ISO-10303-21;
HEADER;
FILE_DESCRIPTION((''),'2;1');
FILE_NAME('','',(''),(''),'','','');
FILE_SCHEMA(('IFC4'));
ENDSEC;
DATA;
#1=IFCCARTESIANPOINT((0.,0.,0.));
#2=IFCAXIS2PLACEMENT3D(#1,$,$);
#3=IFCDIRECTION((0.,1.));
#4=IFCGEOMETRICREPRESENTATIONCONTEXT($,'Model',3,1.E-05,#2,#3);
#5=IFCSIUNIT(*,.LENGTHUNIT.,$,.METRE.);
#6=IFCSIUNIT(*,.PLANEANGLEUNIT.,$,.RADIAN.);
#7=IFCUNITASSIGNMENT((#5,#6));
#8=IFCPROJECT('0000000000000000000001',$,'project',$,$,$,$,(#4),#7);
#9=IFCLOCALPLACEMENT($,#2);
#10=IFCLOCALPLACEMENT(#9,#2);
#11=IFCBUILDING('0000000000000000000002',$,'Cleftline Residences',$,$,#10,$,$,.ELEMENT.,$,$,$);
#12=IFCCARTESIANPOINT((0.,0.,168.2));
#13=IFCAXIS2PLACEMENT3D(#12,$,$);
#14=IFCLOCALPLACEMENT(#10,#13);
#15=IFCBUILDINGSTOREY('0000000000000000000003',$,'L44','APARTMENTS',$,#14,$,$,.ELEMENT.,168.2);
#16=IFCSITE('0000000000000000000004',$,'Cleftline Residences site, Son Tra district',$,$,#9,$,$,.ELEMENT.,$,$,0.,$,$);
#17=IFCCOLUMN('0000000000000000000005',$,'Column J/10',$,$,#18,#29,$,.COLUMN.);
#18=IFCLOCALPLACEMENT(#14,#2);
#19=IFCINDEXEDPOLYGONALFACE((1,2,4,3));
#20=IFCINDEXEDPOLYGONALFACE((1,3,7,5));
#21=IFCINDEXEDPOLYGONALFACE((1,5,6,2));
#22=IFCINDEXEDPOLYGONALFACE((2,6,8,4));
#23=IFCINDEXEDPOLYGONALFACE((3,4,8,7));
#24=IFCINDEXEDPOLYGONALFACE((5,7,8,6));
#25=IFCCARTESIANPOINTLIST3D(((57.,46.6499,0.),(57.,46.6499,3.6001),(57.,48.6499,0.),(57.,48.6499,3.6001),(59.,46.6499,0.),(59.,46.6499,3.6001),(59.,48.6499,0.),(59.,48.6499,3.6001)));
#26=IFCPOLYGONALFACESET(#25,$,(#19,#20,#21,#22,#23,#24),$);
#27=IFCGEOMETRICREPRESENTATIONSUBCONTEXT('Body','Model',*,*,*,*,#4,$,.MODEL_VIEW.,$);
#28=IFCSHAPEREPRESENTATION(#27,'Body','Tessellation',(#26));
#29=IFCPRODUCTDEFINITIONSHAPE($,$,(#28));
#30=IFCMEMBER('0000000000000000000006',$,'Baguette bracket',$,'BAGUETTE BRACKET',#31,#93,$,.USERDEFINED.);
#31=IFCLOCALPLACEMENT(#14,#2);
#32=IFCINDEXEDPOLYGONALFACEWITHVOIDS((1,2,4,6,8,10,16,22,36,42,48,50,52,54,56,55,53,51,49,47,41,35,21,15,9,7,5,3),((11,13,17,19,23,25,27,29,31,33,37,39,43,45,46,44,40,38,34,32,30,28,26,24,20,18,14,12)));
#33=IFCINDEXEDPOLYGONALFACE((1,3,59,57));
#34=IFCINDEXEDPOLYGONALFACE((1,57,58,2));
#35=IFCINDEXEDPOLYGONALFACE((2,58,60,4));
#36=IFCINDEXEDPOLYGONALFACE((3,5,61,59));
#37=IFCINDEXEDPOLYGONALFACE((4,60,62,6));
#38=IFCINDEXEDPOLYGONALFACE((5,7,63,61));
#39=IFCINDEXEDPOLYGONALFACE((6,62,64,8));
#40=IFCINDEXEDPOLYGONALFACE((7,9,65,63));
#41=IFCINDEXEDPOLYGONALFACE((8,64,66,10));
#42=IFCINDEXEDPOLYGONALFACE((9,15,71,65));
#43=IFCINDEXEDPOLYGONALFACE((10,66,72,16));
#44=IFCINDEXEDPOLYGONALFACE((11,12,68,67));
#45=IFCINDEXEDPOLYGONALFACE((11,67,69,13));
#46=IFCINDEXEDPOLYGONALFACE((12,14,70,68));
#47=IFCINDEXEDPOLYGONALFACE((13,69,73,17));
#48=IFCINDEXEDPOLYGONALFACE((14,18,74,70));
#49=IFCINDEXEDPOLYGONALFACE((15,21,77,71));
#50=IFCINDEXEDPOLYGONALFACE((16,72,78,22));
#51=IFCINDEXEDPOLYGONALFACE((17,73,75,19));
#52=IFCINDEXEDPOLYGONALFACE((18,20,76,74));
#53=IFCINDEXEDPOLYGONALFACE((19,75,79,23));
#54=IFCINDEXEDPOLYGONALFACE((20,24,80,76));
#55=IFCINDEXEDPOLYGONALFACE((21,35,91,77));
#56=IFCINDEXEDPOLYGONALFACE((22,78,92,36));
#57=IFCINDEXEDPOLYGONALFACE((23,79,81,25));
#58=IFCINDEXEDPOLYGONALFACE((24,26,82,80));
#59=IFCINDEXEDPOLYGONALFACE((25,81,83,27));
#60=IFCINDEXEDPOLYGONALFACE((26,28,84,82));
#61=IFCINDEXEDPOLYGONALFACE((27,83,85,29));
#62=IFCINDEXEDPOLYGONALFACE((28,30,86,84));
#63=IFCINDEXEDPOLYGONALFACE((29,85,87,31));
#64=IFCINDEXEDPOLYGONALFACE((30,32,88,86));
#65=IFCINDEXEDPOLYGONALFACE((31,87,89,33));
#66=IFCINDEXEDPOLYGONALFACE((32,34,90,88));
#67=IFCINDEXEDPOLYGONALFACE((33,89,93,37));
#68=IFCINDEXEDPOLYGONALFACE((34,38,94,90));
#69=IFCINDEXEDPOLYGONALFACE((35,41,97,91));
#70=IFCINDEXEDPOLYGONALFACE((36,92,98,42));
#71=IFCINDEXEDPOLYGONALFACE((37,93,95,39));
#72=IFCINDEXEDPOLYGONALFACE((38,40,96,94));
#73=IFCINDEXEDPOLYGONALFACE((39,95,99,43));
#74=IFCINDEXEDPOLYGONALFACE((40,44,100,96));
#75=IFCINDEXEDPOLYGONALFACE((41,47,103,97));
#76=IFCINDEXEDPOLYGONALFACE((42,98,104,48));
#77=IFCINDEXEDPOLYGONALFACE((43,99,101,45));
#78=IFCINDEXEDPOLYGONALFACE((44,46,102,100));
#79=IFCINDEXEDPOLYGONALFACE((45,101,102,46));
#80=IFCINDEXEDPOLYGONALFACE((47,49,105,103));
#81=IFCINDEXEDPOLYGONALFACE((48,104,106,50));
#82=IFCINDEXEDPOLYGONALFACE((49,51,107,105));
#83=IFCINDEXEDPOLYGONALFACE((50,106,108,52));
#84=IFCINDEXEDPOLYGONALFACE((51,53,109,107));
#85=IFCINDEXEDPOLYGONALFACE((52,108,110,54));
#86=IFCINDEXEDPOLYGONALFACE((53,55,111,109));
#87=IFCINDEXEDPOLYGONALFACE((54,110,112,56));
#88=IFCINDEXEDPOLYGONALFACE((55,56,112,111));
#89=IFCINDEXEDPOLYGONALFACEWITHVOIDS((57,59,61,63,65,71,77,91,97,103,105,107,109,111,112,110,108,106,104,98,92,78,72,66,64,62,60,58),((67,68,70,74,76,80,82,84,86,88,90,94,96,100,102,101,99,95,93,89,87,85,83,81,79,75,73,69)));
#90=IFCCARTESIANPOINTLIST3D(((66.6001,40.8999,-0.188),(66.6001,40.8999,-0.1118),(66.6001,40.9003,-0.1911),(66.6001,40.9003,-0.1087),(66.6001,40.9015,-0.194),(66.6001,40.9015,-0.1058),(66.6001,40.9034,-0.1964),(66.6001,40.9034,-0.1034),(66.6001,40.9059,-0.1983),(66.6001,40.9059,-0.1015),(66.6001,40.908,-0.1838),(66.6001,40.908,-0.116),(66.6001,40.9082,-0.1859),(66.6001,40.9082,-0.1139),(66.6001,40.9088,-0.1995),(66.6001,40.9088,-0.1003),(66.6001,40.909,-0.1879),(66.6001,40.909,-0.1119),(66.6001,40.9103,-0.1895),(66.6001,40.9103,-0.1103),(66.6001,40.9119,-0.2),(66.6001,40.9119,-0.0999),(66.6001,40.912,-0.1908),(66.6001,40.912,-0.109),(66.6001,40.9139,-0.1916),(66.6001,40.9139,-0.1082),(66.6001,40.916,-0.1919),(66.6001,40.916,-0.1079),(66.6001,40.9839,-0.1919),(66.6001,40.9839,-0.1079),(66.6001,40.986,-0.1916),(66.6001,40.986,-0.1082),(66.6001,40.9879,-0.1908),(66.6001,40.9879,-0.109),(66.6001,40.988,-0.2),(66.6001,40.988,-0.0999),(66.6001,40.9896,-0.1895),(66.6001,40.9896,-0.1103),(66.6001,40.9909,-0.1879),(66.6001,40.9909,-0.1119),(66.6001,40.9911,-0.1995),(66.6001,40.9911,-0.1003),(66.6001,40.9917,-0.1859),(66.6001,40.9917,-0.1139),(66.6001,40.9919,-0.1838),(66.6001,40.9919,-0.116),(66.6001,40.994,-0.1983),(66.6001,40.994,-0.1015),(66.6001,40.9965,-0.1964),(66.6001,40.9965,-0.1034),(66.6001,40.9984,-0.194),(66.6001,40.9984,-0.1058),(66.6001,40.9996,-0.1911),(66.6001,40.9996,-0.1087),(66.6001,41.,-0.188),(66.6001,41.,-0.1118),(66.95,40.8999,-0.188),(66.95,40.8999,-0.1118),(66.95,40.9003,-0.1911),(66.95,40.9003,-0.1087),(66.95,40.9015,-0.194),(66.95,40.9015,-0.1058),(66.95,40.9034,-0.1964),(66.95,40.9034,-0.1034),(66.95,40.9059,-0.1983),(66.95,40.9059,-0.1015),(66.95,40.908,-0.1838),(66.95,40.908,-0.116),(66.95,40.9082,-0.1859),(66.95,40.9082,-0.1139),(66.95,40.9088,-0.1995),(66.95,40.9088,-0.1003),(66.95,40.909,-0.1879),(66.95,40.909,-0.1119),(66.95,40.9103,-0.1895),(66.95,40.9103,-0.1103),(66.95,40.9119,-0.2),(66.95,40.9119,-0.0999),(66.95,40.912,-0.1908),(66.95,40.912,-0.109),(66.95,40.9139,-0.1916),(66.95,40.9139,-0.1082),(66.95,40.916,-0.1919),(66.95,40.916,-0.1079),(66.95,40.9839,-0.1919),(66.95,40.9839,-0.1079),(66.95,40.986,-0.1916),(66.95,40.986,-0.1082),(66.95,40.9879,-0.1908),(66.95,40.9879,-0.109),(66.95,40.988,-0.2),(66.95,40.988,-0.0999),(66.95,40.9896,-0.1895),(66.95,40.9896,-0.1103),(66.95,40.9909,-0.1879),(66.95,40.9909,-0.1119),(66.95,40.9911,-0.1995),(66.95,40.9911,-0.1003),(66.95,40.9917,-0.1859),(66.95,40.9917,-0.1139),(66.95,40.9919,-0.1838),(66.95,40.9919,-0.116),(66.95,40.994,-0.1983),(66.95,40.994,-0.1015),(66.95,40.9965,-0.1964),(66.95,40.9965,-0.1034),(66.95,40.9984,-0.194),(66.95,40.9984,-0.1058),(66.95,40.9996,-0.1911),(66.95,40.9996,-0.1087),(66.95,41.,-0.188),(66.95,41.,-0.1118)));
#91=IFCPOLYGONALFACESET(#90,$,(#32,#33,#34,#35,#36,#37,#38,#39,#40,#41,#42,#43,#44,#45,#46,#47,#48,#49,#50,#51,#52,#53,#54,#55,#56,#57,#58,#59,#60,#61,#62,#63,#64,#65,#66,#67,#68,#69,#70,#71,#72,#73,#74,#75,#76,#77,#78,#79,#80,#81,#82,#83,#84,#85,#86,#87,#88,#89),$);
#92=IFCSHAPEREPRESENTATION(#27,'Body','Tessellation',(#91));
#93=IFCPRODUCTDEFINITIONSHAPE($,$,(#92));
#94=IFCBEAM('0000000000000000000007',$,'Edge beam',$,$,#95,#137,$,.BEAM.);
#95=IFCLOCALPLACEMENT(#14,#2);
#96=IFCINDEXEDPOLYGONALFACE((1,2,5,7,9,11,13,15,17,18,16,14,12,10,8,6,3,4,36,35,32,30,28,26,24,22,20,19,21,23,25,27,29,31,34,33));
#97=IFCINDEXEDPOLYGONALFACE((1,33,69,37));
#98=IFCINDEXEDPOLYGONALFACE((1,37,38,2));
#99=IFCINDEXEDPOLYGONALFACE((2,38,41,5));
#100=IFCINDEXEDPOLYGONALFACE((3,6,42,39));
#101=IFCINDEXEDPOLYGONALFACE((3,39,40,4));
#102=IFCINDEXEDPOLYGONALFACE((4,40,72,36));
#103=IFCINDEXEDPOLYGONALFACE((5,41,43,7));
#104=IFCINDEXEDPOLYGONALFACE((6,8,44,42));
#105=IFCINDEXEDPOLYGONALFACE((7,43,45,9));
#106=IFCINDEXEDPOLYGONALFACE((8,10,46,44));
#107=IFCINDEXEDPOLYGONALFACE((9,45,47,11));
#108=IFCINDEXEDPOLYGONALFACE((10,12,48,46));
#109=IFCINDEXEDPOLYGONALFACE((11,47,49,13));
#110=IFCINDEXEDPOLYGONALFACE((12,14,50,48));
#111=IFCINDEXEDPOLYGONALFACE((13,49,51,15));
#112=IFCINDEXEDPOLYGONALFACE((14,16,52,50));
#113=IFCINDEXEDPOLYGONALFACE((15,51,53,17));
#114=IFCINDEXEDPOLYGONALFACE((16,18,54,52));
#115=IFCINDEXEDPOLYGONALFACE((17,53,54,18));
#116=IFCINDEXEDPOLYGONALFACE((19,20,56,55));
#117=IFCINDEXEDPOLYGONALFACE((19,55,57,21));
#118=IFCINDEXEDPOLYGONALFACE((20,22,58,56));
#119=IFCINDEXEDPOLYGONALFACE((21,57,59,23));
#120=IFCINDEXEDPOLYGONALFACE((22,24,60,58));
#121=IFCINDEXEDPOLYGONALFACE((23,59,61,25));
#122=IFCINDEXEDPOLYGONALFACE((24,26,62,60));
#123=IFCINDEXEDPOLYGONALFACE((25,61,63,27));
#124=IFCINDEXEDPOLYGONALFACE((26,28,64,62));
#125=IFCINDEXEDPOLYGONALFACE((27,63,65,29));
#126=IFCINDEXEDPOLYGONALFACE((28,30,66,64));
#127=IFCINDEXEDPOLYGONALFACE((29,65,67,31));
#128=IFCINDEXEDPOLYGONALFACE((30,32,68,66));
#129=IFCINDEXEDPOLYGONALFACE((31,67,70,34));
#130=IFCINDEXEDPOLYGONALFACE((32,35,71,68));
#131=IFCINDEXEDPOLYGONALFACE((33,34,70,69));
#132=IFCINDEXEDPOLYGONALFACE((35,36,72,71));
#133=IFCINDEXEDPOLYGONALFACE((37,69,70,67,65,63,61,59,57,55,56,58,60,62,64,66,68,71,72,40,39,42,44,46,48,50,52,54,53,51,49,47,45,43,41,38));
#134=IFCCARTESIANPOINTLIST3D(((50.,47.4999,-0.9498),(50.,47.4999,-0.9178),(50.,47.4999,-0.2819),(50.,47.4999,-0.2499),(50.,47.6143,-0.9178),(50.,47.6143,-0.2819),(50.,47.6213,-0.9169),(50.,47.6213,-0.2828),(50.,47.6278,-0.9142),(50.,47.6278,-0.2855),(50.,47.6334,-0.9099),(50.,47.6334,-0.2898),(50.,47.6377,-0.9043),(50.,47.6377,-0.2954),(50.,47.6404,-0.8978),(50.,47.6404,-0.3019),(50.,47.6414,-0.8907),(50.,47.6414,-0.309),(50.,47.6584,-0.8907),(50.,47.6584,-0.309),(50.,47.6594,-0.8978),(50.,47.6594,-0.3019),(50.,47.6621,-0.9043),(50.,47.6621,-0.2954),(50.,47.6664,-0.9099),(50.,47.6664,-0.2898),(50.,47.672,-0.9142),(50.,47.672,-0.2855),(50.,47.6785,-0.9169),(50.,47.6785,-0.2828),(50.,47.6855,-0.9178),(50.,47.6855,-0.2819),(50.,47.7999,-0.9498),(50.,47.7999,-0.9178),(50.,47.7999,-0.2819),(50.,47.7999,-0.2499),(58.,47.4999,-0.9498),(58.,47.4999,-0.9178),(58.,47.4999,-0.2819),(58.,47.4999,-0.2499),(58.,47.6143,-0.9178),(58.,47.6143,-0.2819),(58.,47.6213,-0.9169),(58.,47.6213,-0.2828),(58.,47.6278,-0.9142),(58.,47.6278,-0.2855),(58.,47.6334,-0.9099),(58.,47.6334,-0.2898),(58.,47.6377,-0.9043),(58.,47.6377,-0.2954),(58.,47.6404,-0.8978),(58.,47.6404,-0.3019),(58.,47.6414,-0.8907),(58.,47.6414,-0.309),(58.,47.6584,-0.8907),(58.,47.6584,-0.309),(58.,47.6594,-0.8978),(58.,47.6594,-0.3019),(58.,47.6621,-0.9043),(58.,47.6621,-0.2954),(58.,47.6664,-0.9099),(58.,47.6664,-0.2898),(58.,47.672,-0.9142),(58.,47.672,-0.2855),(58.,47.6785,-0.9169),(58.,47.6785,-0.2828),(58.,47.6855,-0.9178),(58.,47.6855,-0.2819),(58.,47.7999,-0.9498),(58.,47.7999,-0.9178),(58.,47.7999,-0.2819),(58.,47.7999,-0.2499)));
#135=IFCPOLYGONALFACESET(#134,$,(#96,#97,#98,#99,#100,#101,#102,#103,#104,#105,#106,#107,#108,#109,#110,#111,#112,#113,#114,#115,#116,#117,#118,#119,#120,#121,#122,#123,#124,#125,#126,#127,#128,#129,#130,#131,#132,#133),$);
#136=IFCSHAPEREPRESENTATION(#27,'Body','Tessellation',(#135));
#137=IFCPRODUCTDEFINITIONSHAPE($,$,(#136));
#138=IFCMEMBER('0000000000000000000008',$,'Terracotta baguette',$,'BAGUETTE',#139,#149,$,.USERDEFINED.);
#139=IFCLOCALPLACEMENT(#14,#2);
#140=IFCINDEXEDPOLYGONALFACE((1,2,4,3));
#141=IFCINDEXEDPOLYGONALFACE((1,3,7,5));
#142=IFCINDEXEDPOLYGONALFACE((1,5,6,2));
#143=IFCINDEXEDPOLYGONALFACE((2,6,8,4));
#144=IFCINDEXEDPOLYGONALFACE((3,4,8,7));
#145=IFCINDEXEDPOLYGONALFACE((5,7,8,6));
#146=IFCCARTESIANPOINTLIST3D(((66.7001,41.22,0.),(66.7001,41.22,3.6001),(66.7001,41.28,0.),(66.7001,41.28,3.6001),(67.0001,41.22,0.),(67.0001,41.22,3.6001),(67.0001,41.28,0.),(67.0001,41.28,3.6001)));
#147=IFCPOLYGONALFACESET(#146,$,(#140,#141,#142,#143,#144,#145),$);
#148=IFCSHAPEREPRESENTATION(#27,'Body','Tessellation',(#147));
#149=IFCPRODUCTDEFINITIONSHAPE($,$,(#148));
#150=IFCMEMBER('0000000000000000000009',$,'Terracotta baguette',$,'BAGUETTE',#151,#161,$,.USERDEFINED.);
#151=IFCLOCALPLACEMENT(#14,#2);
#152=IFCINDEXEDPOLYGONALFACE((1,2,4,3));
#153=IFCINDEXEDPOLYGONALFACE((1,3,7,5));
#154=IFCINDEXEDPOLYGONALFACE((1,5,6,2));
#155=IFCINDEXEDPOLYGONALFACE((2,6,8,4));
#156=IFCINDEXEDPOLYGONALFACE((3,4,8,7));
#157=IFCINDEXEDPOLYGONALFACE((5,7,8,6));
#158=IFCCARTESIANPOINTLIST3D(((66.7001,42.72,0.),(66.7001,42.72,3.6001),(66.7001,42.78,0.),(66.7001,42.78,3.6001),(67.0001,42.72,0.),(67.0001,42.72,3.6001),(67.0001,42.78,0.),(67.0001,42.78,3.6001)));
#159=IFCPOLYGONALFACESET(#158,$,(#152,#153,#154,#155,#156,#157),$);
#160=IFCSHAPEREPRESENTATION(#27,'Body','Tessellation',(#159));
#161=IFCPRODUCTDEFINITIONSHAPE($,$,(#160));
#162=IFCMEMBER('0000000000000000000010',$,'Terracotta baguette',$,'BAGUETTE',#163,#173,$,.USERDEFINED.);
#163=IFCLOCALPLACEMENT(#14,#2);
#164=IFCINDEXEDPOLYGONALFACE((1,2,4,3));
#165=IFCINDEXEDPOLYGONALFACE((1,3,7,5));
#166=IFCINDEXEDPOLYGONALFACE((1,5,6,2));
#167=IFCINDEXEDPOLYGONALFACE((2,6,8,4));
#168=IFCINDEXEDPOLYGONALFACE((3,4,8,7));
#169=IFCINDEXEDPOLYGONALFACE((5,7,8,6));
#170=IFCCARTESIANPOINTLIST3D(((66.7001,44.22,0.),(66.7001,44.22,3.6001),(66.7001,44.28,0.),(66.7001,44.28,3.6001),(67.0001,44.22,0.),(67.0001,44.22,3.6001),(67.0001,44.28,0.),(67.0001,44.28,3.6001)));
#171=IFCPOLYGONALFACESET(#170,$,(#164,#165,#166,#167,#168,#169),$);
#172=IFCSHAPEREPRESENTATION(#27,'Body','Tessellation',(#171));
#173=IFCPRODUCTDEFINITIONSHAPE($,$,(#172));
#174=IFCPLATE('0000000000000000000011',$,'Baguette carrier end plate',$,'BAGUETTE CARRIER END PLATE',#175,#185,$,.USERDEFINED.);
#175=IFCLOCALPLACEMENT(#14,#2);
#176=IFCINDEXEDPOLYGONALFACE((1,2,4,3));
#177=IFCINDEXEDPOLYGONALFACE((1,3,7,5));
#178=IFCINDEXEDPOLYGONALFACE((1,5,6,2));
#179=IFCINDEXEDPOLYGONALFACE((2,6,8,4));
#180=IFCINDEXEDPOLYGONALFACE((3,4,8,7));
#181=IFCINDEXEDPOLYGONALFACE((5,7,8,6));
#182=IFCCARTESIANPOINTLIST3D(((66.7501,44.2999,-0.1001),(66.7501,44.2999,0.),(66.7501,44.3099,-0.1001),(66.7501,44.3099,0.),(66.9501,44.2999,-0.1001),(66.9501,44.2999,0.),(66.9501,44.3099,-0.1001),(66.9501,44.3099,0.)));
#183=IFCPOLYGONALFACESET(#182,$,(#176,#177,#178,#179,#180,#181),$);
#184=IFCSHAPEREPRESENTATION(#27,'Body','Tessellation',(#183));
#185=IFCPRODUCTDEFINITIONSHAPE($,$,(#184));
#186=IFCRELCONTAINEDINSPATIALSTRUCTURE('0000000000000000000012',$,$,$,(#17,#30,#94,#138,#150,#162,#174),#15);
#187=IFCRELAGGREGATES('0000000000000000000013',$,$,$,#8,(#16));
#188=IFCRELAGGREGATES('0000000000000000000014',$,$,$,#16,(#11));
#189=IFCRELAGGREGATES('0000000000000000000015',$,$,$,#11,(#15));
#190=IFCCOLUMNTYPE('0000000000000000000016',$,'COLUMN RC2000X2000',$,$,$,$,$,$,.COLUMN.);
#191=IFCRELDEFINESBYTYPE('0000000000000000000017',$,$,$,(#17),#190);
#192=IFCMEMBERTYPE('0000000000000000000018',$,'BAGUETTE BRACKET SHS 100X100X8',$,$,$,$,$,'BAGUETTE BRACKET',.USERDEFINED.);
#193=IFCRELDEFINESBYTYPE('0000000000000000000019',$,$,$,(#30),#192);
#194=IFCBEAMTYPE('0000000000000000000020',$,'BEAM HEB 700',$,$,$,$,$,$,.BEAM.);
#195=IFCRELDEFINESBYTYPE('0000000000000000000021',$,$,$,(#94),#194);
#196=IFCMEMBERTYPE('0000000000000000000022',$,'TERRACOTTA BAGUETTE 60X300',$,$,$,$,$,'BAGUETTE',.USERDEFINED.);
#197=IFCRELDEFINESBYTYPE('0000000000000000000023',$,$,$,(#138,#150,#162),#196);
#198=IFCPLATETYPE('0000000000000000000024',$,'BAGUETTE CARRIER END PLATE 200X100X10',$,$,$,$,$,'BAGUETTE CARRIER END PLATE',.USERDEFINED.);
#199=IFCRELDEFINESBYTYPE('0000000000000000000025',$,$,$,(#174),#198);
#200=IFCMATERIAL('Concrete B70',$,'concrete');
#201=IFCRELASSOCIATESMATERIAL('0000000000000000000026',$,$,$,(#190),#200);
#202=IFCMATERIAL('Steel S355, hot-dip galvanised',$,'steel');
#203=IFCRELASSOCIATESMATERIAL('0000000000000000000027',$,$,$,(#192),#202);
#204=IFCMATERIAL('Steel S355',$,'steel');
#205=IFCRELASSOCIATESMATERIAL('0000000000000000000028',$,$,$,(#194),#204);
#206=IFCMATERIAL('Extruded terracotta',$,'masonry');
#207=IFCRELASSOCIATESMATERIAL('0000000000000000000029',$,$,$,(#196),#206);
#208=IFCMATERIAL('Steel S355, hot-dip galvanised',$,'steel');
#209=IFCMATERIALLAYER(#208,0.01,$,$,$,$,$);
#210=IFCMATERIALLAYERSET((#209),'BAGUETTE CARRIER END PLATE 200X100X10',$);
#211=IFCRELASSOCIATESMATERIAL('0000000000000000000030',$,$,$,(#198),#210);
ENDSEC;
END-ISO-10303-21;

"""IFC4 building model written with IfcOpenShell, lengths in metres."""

from ifc_helpers import new_model, si_unit, direction, frame, origin, origin_2d, place, context, subcontext, project, spatial, rectangle, hollow_rectangle, i_section, extrude, material, layer, layer_set, material_profile, profile_set, type_object, element, save


model = new_model("IFC4")

# Units and contexts
model_context = context("Model", 3, precision=1e-05, world=origin(), true_north=direction((0.0, 1.0)))
body_context = subcontext(model_context, "Body", "Model", "MODEL_VIEW")
ifc_project = project(units=[si_unit("LENGTHUNIT", "METRE"), si_unit("PLANEANGLEUNIT", "RADIAN")], contexts=[model_context])

# Site, building, storey
site_placement = place(None, origin())
site = spatial("IfcSite", under=ifc_project, at=site_placement, Name="Cleftline Residences site, Son Tra district", CompositionType="ELEMENT", RefElevation=0.0)
building_placement = place(site_placement, origin())
building = spatial("IfcBuilding", under=site, at=building_placement, Name="Cleftline Residences", CompositionType="ELEMENT")
storey_placement = place(building_placement, frame((0.0, 0.0, 168.2)))
storey = spatial("IfcBuildingStorey", under=building, at=storey_placement, Name="L44", Description="APARTMENTS", CompositionType="ELEMENT", Elevation=168.2)

# Column
ifc_material_1 = material(Name="Concrete B70", Category="concrete")
ifc_material_profile_1 = material_profile(ifc_material_1, rectangle(XDim=2.0, YDim=2.0, at=origin_2d()))
ifc_profile_set_1 = profile_set([ifc_material_profile_1], Name="Concrete B70")
column_type = type_object("IfcColumnType", Name="COLUMN RC2000X2000", PredefinedType="COLUMN", material=ifc_profile_set_1)
column_placement = place(storey_placement, frame((58.0, 47.6499, 0.0), z_axis=(0.0, 0.0, 1.0), x_axis=(1.0, 0.0, 0.0)))
element("IfcColumn", 1, at=column_placement, inside=storey, type_object=column_type, Name="Column J/10", PredefinedType="COLUMN", context=body_context, shape_type="SweptSolid", body=[
    extrude(rectangle(XDim=2.0, YDim=2.0, at=origin_2d()), origin(), (0.0, 0.0, 1.0), 3.6001),
])

# Member
ifc_material_2 = material(Name="Steel S355, hot-dip galvanised", Category="steel")
ifc_material_profile_2 = material_profile(ifc_material_2, hollow_rectangle(XDim=0.1001, YDim=0.1001, WallThickness=0.0081, InnerFilletRadius=0.0081, OuterFilletRadius=0.012, at=origin_2d()))
ifc_profile_set_2 = profile_set([ifc_material_profile_2], Name="Steel S355, hot-dip galvanised")
member_type_1 = type_object("IfcMemberType", Name="BAGUETTE BRACKET SHS 100X100X8", ElementType="BAGUETTE BRACKET", PredefinedType="USERDEFINED", material=ifc_profile_set_2)
member_placement = place(storey_placement, frame((66.6001, 40.95, -0.1499), z_axis=(1.0, 0.0, 0.0), x_axis=(0.0, 1.0, 0.0)))
element("IfcMember", 2, at=member_placement, inside=storey, type_object=member_type_1, Name="Baguette bracket", ObjectType="BAGUETTE BRACKET", PredefinedType="USERDEFINED", context=body_context, shape_type="SweptSolid", body=[
    extrude(hollow_rectangle(XDim=0.1001, YDim=0.1001, WallThickness=0.0081, InnerFilletRadius=0.0081, OuterFilletRadius=0.012, at=origin_2d()), origin(), (0.0, 0.0, 1.0), 0.3499),
])

# Beam
ifc_material_3 = material(Name="Steel S355", Category="steel")
ifc_material_profile_3 = material_profile(ifc_material_3, i_section(OverallWidth=0.3, OverallDepth=0.7, WebThickness=0.0171, FlangeThickness=0.032, FilletRadius=0.0271, at=origin_2d()))
ifc_profile_set_3 = profile_set([ifc_material_profile_3], Name="Steel S355")
beam_type = type_object("IfcBeamType", Name="BEAM HEB 700", PredefinedType="BEAM", material=ifc_profile_set_3)
beam_placement = place(storey_placement, frame((58.0, 47.6499, -0.5999), z_axis=(-1.0, 0.0, 0.0), x_axis=(0.0, -1.0, 0.0)))
element("IfcBeam", 3, at=beam_placement, inside=storey, type_object=beam_type, Name="Edge beam", PredefinedType="BEAM", context=body_context, shape_type="SweptSolid", body=[
    extrude(i_section(OverallWidth=0.3, OverallDepth=0.7, WebThickness=0.0171, FlangeThickness=0.032, FilletRadius=0.0271, at=origin_2d()), origin(), (0.0, 0.0, 1.0), 8.0),
])

# Members
ifc_material_4 = material(Name="Extruded terracotta", Category="masonry")
ifc_material_profile_4 = material_profile(ifc_material_4, rectangle(XDim=0.0601, YDim=0.3, at=origin_2d()))
ifc_profile_set_4 = profile_set([ifc_material_profile_4], Name="Extruded terracotta")
member_type_2 = type_object("IfcMemberType", Name="TERRACOTTA BAGUETTE 60X300", ElementType="BAGUETTE", PredefinedType="USERDEFINED", material=ifc_profile_set_4)
for number, where, z_axis, x_axis, name in (
    (4, (66.8501, 41.25, 0.0), (0.0, 0.0, 1.0), (0.0, 1.0, 0.0), "Terracotta baguette"),
    (5, (66.8501, 42.75, 0.0), (0.0, 0.0, 1.0), (0.0, 1.0, 0.0), "Terracotta baguette"),
    (6, (66.8501, 44.25, 0.0), (0.0, 0.0, 1.0), (0.0, 1.0, 0.0), "Terracotta baguette"),
):
    element("IfcMember", number, at=place(storey_placement, frame(where, z_axis=z_axis, x_axis=x_axis)), inside=storey, type_object=member_type_2, Name=name, ObjectType="BAGUETTE", PredefinedType="USERDEFINED", context=body_context, shape_type="SweptSolid", body=[
        extrude(rectangle(XDim=0.0601, YDim=0.3, at=origin_2d()), origin(), (0.0, 0.0, 1.0), 3.6001),
    ])

# Plate
ifc_material_5 = material(Name="Steel S355, hot-dip galvanised", Category="steel")
ifc_layer_1 = layer(ifc_material_5, 0.01)
ifc_layer_set_1 = layer_set([ifc_layer_1], Name="BAGUETTE CARRIER END PLATE 200X100X10")
plate_type = type_object("IfcPlateType", Name="BAGUETTE CARRIER END PLATE 200X100X10", ElementType="BAGUETTE CARRIER END PLATE", PredefinedType="USERDEFINED", material=ifc_layer_set_1)
plate_placement = place(storey_placement, frame((66.8501, 44.3049, -0.1001), z_axis=(0.0, 0.0, 1.0), x_axis=(1.0, 0.0, 0.0)))
element("IfcPlate", 7, at=plate_placement, inside=storey, type_object=plate_type, Name="Baguette carrier end plate", ObjectType="BAGUETTE CARRIER END PLATE", PredefinedType="USERDEFINED", context=body_context, shape_type="SweptSolid", body=[
    extrude(rectangle(XDim=0.2, YDim=0.01, at=origin_2d()), origin(), (0.0, 0.0, 1.0), 0.1001),
])

save(model, "model.ifc")
